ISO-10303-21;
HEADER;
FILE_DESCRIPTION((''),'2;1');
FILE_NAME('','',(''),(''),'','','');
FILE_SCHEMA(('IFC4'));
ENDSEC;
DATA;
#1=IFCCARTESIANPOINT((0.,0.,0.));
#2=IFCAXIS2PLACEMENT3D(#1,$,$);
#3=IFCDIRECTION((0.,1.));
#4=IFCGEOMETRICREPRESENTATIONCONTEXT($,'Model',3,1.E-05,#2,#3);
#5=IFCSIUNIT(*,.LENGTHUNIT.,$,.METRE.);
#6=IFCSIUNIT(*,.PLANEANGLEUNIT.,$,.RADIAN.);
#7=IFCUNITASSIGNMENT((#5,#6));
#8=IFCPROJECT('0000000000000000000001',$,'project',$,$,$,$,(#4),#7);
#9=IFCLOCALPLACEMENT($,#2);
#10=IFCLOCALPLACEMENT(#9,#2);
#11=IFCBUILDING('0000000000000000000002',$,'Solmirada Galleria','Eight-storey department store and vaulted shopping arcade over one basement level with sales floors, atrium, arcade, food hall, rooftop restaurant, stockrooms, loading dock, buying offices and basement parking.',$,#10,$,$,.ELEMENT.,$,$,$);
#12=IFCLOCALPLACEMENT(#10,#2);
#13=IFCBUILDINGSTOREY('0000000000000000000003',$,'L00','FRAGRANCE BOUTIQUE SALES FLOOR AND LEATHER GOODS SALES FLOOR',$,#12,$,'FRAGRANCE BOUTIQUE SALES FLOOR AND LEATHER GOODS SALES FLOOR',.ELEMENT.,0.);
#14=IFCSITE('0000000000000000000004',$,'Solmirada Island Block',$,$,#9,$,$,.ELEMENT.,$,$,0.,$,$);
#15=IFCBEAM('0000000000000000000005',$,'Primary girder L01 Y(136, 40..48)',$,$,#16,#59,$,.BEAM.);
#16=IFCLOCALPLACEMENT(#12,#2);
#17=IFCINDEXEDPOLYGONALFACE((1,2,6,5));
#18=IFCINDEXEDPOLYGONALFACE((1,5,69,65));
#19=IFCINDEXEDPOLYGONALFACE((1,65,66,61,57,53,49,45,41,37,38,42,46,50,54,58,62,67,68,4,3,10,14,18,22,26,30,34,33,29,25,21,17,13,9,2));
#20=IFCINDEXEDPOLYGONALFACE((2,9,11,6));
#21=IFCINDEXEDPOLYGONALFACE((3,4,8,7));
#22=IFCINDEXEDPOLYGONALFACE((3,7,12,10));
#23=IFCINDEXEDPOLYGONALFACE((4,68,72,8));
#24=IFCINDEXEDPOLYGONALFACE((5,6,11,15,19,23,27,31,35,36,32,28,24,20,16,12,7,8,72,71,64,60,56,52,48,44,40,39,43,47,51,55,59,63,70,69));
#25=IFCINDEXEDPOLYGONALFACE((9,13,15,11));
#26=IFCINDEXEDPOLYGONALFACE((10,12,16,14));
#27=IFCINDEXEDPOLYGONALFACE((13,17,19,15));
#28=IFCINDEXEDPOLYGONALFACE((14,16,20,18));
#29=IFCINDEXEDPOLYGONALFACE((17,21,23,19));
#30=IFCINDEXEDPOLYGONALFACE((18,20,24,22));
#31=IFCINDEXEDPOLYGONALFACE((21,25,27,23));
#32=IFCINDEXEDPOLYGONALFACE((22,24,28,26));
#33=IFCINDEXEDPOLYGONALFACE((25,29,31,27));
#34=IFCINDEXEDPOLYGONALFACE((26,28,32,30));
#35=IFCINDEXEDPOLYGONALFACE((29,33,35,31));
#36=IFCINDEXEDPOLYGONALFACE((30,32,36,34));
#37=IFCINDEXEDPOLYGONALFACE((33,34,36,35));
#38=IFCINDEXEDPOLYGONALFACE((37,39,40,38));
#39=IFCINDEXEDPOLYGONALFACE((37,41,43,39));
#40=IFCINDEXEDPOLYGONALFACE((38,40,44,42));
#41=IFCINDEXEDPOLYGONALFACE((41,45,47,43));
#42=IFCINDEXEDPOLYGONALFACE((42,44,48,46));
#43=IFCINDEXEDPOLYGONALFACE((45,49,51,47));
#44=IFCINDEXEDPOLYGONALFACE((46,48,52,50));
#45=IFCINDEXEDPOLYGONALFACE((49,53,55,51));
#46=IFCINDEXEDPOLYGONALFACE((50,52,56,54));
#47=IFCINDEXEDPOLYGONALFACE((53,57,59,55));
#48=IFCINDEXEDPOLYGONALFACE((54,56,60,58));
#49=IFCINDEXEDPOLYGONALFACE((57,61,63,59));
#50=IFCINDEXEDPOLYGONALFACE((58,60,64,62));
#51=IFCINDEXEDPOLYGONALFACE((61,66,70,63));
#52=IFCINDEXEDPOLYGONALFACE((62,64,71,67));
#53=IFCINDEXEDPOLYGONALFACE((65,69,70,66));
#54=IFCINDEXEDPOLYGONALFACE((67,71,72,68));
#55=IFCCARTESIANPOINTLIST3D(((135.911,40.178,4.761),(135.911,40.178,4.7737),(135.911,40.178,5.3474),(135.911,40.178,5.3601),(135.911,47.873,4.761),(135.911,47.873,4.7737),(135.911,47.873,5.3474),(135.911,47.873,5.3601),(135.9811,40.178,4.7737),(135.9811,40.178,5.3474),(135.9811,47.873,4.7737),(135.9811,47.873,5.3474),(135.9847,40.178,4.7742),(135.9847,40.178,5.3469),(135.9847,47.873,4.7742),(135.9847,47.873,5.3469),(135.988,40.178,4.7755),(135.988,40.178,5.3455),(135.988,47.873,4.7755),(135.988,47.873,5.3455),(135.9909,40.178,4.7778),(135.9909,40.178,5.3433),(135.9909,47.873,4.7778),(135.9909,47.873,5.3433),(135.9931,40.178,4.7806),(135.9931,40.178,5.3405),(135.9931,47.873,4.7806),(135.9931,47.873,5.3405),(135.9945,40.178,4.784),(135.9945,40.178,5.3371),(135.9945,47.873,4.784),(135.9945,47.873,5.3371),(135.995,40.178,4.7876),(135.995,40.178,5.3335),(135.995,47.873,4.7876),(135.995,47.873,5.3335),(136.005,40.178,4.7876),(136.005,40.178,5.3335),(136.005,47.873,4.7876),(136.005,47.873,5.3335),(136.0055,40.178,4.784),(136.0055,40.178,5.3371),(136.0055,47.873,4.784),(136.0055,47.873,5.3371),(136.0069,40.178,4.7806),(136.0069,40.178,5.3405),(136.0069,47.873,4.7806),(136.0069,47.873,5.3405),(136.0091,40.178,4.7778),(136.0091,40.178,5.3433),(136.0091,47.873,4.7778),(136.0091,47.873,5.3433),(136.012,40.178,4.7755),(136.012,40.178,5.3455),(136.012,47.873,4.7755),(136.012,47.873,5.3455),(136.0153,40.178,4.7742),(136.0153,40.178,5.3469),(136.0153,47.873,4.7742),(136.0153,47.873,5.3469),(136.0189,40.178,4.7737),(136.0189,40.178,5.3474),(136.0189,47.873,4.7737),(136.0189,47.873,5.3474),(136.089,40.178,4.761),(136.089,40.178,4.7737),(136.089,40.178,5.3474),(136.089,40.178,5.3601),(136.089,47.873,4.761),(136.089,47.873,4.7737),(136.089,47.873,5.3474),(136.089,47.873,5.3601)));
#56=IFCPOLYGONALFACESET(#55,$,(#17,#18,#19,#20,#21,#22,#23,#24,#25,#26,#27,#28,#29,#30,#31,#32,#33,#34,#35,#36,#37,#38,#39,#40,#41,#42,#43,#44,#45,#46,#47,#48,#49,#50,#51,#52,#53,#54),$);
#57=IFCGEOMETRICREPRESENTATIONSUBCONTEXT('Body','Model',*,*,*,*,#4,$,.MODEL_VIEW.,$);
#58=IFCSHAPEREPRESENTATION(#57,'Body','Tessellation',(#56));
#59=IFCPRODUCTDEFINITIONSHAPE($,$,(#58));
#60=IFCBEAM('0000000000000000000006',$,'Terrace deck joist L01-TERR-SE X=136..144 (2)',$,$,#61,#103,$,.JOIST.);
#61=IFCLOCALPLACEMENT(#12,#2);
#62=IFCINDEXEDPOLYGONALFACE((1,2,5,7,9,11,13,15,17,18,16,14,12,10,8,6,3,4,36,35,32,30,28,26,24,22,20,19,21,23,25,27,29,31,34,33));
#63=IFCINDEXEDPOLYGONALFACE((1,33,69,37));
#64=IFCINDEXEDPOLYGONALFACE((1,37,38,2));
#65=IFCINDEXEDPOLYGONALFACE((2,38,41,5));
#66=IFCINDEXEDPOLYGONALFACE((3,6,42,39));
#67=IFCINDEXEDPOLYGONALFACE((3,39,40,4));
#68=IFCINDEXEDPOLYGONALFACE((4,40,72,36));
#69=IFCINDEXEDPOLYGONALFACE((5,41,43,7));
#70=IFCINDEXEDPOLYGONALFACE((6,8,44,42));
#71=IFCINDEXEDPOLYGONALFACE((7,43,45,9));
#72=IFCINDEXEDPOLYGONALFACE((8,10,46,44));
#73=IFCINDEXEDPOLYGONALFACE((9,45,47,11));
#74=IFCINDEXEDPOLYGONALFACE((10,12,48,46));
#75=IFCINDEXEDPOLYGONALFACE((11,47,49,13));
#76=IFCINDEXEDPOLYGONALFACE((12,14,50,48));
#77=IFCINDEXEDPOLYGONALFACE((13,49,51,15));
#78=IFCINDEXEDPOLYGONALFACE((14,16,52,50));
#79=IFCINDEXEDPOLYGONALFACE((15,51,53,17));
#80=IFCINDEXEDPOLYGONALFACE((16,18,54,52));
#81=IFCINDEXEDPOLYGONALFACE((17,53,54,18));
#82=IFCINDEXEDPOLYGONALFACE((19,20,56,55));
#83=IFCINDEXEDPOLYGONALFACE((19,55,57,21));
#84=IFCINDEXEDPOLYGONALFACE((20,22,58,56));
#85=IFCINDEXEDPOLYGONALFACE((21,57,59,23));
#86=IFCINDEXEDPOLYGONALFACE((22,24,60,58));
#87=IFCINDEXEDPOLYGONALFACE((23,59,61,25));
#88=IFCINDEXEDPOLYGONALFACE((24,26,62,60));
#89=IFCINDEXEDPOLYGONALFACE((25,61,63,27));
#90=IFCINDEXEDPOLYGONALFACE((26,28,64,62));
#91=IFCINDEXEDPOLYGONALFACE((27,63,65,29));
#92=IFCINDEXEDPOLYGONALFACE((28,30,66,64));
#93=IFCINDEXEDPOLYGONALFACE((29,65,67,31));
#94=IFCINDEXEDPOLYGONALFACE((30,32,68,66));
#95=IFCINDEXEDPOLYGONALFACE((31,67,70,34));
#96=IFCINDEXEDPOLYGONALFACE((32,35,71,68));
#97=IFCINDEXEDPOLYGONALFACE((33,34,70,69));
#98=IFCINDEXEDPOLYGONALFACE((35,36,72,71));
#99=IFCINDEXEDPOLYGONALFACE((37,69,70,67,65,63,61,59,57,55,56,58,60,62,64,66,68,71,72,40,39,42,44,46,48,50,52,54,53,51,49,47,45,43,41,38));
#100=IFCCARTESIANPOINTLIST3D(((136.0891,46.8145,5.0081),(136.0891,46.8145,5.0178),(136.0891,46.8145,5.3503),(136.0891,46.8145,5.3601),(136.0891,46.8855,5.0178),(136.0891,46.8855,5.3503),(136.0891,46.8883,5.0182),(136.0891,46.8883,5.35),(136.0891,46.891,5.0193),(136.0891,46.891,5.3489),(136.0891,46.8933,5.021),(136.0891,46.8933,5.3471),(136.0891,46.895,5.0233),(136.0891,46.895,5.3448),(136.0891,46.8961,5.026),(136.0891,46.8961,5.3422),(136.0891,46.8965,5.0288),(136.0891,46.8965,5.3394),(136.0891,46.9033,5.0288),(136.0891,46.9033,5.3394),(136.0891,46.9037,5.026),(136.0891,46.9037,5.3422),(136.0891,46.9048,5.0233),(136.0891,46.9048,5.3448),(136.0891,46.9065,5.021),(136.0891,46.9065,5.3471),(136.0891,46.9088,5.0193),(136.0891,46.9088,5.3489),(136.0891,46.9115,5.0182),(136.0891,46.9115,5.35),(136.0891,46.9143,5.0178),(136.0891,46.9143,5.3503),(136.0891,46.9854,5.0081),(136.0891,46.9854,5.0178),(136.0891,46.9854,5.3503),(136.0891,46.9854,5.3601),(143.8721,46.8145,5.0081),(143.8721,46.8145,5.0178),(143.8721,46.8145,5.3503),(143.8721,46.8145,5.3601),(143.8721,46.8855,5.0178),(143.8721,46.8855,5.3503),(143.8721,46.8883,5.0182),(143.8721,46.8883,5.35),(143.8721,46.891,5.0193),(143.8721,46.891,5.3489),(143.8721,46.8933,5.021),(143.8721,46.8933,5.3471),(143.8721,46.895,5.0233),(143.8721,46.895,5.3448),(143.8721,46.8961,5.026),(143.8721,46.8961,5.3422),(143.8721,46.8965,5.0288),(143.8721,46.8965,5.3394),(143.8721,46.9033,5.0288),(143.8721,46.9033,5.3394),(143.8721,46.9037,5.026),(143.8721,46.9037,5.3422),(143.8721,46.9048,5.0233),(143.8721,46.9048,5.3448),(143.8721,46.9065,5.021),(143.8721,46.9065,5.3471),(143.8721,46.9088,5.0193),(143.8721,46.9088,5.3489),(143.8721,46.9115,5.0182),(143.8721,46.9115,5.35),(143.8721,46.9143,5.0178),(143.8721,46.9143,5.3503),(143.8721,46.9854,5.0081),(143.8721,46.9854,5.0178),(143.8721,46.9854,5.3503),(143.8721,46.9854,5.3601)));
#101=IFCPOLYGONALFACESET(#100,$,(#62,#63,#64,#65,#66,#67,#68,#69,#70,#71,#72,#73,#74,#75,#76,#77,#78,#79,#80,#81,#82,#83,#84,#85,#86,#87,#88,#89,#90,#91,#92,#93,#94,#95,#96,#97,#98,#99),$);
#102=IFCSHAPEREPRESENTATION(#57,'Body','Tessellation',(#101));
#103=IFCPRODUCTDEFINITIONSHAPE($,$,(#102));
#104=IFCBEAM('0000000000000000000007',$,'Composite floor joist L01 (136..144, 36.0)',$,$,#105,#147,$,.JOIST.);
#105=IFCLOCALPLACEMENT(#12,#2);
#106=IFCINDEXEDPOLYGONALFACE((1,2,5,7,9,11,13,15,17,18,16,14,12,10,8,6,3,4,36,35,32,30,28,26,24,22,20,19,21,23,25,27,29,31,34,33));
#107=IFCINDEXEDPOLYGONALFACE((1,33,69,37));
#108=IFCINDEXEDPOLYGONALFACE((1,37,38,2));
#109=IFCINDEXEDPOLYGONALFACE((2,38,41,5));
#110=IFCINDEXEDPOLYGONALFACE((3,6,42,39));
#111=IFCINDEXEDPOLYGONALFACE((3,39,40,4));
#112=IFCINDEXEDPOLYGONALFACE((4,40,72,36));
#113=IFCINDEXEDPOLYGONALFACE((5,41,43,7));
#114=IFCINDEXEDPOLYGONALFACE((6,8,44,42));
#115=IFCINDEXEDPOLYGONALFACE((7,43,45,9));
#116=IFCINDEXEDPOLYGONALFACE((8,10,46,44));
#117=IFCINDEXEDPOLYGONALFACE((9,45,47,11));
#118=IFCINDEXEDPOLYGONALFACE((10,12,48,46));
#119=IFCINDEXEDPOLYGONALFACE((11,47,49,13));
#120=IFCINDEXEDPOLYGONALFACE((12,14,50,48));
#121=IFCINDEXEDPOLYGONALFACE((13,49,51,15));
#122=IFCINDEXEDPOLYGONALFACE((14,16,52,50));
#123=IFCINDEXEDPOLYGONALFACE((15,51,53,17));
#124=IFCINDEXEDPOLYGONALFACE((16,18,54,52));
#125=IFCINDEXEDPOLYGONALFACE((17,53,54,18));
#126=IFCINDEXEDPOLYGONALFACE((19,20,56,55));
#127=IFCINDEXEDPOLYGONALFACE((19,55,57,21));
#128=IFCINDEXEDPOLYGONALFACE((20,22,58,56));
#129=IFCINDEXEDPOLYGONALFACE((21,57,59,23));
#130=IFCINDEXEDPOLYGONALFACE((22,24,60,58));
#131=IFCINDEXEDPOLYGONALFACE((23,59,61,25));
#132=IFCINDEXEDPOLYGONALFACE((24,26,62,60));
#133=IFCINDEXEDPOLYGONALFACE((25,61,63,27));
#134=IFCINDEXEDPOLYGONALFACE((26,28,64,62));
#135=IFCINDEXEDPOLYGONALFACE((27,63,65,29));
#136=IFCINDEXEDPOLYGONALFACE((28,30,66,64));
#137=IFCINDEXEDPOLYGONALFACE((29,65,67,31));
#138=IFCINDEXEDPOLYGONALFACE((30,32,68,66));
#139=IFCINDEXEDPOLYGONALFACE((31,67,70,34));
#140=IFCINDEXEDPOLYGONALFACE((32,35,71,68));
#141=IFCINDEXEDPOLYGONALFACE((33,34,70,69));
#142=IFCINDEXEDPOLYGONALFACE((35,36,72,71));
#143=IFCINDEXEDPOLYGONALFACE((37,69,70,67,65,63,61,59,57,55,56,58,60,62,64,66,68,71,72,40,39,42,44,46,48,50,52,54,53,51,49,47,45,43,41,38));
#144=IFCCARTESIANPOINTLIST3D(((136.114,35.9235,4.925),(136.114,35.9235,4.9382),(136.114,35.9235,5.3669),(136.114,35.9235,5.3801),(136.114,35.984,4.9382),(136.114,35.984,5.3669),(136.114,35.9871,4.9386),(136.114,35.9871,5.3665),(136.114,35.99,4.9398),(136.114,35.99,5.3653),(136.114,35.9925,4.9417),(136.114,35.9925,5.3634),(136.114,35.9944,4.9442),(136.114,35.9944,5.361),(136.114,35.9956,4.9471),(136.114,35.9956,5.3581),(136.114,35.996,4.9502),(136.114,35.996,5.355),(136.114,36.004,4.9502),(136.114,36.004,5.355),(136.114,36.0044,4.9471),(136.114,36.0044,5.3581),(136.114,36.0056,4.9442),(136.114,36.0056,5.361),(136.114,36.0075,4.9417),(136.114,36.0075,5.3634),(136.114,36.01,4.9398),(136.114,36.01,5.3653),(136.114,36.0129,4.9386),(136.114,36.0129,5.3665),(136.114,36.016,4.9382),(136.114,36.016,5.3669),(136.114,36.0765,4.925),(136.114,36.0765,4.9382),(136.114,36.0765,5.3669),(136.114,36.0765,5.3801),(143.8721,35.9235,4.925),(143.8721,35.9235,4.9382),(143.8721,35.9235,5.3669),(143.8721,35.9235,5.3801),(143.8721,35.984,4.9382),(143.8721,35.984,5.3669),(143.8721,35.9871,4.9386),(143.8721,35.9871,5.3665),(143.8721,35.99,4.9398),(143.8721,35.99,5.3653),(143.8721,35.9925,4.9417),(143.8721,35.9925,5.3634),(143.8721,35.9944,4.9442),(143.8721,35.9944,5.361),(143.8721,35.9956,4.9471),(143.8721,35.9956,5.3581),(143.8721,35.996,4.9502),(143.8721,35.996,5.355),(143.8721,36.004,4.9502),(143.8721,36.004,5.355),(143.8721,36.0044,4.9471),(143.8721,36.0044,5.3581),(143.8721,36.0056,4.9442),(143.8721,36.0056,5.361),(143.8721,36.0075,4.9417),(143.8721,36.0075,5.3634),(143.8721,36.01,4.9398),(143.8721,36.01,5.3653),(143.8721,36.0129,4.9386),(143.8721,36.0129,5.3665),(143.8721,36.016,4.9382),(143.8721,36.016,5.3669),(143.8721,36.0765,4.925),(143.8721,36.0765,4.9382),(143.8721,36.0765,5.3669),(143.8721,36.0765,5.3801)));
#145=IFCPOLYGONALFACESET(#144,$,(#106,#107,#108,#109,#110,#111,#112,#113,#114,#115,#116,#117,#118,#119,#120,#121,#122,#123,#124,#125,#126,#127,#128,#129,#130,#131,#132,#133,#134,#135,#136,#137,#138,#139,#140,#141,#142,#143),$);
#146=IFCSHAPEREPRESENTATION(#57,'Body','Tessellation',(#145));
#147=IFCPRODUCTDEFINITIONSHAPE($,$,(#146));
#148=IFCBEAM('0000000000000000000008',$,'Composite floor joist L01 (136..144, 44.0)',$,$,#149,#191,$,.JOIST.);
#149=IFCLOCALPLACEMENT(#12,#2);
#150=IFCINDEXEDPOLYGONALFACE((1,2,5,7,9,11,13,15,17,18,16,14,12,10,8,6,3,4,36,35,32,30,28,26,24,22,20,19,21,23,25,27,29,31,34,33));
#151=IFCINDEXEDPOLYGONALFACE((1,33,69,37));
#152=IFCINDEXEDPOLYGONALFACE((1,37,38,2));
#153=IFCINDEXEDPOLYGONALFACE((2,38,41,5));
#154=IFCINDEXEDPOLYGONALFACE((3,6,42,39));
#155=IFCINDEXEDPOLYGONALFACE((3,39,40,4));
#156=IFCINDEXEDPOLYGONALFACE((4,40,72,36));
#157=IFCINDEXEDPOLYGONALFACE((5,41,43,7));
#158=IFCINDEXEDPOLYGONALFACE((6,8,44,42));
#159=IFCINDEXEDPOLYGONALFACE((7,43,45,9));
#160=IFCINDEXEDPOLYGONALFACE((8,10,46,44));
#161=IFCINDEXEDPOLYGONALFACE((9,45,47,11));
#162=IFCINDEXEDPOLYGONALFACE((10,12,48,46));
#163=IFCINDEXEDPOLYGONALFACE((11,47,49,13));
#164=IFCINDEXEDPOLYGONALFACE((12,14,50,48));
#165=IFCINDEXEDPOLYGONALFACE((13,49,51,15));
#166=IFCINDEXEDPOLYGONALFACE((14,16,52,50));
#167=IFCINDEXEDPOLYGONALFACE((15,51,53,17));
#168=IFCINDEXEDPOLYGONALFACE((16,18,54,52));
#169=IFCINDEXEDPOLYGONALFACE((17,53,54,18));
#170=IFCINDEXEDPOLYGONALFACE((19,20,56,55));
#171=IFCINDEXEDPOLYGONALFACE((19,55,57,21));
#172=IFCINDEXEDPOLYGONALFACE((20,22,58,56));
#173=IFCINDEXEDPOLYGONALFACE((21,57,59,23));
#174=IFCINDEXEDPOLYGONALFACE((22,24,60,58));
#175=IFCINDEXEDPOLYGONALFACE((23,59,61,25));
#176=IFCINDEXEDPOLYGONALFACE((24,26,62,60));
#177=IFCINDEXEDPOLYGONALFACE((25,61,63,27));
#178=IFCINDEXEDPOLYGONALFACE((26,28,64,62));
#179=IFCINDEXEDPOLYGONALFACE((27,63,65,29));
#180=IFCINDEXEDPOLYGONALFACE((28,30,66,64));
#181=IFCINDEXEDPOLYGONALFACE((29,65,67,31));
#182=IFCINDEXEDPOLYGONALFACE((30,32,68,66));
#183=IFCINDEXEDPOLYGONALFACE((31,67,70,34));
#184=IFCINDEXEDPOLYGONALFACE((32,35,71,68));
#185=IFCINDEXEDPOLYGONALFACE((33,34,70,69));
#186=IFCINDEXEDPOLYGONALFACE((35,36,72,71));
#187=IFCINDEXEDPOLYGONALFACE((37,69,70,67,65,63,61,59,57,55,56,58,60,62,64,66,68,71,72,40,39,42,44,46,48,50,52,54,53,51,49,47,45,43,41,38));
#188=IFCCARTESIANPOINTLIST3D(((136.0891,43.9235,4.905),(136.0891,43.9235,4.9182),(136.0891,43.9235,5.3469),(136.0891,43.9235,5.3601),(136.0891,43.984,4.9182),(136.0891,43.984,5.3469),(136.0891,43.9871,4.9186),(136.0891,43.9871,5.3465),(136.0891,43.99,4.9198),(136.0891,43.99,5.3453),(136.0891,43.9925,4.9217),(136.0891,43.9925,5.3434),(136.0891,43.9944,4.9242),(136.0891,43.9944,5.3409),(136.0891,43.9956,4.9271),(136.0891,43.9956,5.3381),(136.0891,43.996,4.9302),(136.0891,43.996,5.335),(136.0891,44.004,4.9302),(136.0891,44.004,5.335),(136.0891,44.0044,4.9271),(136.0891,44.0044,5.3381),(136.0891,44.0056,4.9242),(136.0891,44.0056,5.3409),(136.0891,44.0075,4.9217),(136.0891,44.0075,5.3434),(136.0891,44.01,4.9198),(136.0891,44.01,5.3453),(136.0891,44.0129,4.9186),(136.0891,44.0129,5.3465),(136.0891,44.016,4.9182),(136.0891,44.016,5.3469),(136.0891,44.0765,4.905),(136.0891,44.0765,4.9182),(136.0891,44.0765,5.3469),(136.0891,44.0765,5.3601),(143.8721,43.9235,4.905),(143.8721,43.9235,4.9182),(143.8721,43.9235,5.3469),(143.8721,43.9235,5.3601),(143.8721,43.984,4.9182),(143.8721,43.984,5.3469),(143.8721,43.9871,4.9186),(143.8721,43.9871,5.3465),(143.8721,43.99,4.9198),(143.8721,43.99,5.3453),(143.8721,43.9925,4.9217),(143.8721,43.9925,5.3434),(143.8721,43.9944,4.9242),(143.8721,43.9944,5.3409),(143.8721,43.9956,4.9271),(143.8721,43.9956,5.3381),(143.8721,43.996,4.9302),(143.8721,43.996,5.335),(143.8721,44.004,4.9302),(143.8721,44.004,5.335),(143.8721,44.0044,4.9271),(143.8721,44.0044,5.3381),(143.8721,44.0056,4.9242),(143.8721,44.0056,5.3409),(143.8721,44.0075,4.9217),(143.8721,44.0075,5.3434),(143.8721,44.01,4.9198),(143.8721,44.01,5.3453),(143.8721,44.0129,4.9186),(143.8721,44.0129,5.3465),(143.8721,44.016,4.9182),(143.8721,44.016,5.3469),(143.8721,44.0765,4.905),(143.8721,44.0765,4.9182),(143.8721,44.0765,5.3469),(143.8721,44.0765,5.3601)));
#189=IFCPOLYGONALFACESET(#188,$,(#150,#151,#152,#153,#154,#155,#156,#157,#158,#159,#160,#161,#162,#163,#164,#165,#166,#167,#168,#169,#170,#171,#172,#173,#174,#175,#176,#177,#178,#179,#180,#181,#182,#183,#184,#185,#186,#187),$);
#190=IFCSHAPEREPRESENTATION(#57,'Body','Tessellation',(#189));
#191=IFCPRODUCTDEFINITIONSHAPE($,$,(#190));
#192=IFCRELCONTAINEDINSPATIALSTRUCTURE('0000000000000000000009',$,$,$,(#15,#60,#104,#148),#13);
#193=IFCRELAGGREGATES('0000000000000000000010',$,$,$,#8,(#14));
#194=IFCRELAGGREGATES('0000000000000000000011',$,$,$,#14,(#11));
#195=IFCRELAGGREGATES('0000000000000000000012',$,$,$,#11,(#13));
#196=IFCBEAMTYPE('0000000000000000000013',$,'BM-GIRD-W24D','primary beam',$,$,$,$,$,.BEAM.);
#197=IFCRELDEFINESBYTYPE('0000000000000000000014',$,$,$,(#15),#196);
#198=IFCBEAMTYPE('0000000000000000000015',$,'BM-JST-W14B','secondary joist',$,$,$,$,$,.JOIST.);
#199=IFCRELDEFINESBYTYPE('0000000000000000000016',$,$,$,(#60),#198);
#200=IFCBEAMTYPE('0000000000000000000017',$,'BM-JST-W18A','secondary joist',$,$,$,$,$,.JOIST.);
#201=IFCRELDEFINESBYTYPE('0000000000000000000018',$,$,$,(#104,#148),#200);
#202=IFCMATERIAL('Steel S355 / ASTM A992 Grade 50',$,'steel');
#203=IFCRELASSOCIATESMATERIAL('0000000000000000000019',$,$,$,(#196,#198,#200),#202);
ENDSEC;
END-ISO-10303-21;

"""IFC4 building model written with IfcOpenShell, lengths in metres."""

from ifc_helpers import new_model, si_unit, direction, frame, origin, origin_2d, place, context, subcontext, project, spatial, i_section, extrude, material, material_profile, profile_set, type_object, element, save


model = new_model("IFC4")

# Units and contexts
model_context = context("Model", 3, precision=1e-05, world=origin(), true_north=direction((0.0, 1.0)))
body_context = subcontext(model_context, "Body", "Model", "MODEL_VIEW")
ifc_project = project(units=[si_unit("LENGTHUNIT", "METRE"), si_unit("PLANEANGLEUNIT", "RADIAN")], contexts=[model_context])

# Site, building, storey
site_placement = place(None, origin())
site = spatial("IfcSite", under=ifc_project, at=site_placement, Name="Solmirada Island Block", CompositionType="ELEMENT", RefElevation=0.0)
building_placement = place(site_placement, origin())
building = spatial("IfcBuilding", under=site, at=building_placement, Name="Solmirada Galleria", Description="Eight-storey department store and vaulted shopping arcade over one basement level with sales floors, atrium, arcade, food hall, rooftop restaurant, stockrooms, loading dock, buying offices and basement parking.", CompositionType="ELEMENT")
storey_placement = place(building_placement, origin())
storey = spatial("IfcBuildingStorey", under=building, at=storey_placement, Name="L00", Description="FRAGRANCE BOUTIQUE SALES FLOOR AND LEATHER GOODS SALES FLOOR", LongName="FRAGRANCE BOUTIQUE SALES FLOOR AND LEATHER GOODS SALES FLOOR", CompositionType="ELEMENT", Elevation=0.0)

# Beams
ifc_material_1 = material(Name="Steel S355 / ASTM A992 Grade 50", Category="steel")
ifc_material_profile_1 = material_profile(ifc_material_1, i_section(OverallWidth=0.178, OverallDepth=0.5991, WebThickness=0.01, FlangeThickness=0.0127, FilletRadius=0.0139, at=origin_2d()), Name="W24X55")
ifc_profile_set_1 = profile_set([ifc_material_profile_1], Name="Steel S355 / ASTM A992 Grade 50")
beam_type_1 = type_object("IfcBeamType", Name="BM-GIRD-W24D", Description="primary beam", PredefinedType="BEAM", material=ifc_profile_set_1)
beam_1_placement = place(storey_placement, frame((136.0, 40.178, 5.0605), z_axis=(0.0, 1.0, 0.0), x_axis=(-1.0, 0.0, 0.0)))
element("IfcBeam", 1, at=beam_1_placement, inside=storey, type_object=beam_type_1, Name="Primary girder L01 Y(136, 40..48)", PredefinedType="BEAM", context=body_context, shape_type="SweptSolid", body=[
    extrude(i_section(OverallWidth=0.178, OverallDepth=0.5991, WebThickness=0.01, FlangeThickness=0.0127, FilletRadius=0.0139, at=origin_2d()), origin(), (0.0, 0.0, 1.0), 7.6951),
])
ifc_material_profile_2 = material_profile(ifc_material_1, i_section(OverallWidth=0.1709, OverallDepth=0.3521, WebThickness=0.0068, FlangeThickness=0.0098, FilletRadius=0.011, at=origin_2d()), Name="W14X30")
ifc_profile_set_2 = profile_set([ifc_material_profile_2], Name="Steel S355 / ASTM A992 Grade 50")
beam_type_2 = type_object("IfcBeamType", Name="BM-JST-W14B", Description="secondary joist", PredefinedType="JOIST", material=ifc_profile_set_2)
beam_2_placement = place(storey_placement, frame((136.0891, 46.8999, 5.1841), z_axis=(1.0, 0.0, 0.0), x_axis=(0.0, 1.0, 0.0)))
element("IfcBeam", 2, at=beam_2_placement, inside=storey, type_object=beam_type_2, Name="Terrace deck joist L01-TERR-SE X=136..144 (2)", PredefinedType="JOIST", context=body_context, shape_type="SweptSolid", body=[
    extrude(i_section(OverallWidth=0.1709, OverallDepth=0.3521, WebThickness=0.0068, FlangeThickness=0.0098, FilletRadius=0.011, at=origin_2d()), origin(), (0.0, 0.0, 1.0), 7.783),
])
ifc_material_profile_3 = material_profile(ifc_material_1, i_section(OverallWidth=0.1531, OverallDepth=0.4551, WebThickness=0.0081, FlangeThickness=0.0132, FilletRadius=0.012, at=origin_2d()), Name="W18X40")
ifc_profile_set_3 = profile_set([ifc_material_profile_3], Name="Steel S355 / ASTM A992 Grade 50")
beam_type_3 = type_object("IfcBeamType", Name="BM-JST-W18A", Description="secondary joist", PredefinedType="JOIST", material=ifc_profile_set_3)
beam_3_placement = place(storey_placement, frame((136.114, 36.0, 5.1526), z_axis=(1.0, 0.0, 0.0), x_axis=(0.0, 1.0, 0.0)))
element("IfcBeam", 3, at=beam_3_placement, inside=storey, type_object=beam_type_3, Name="Composite floor joist L01 (136..144, 36.0)", PredefinedType="JOIST", context=body_context, shape_type="SweptSolid", body=[
    extrude(i_section(OverallWidth=0.1531, OverallDepth=0.4551, WebThickness=0.0081, FlangeThickness=0.0132, FilletRadius=0.012, at=origin_2d()), origin(), (0.0, 0.0, 1.0), 7.7581),
])
beam_4_placement = place(storey_placement, frame((136.0891, 44.0, 5.1326), z_axis=(1.0, 0.0, 0.0), x_axis=(0.0, 1.0, 0.0)))
element("IfcBeam", 4, at=beam_4_placement, inside=storey, type_object=beam_type_3, Name="Composite floor joist L01 (136..144, 44.0)", PredefinedType="JOIST", context=body_context, shape_type="SweptSolid", body=[
    extrude(i_section(OverallWidth=0.1531, OverallDepth=0.4551, WebThickness=0.0081, FlangeThickness=0.0132, FilletRadius=0.012, at=origin_2d()), origin(), (0.0, 0.0, 1.0), 7.783),
])

save(model, "model.ifc")
